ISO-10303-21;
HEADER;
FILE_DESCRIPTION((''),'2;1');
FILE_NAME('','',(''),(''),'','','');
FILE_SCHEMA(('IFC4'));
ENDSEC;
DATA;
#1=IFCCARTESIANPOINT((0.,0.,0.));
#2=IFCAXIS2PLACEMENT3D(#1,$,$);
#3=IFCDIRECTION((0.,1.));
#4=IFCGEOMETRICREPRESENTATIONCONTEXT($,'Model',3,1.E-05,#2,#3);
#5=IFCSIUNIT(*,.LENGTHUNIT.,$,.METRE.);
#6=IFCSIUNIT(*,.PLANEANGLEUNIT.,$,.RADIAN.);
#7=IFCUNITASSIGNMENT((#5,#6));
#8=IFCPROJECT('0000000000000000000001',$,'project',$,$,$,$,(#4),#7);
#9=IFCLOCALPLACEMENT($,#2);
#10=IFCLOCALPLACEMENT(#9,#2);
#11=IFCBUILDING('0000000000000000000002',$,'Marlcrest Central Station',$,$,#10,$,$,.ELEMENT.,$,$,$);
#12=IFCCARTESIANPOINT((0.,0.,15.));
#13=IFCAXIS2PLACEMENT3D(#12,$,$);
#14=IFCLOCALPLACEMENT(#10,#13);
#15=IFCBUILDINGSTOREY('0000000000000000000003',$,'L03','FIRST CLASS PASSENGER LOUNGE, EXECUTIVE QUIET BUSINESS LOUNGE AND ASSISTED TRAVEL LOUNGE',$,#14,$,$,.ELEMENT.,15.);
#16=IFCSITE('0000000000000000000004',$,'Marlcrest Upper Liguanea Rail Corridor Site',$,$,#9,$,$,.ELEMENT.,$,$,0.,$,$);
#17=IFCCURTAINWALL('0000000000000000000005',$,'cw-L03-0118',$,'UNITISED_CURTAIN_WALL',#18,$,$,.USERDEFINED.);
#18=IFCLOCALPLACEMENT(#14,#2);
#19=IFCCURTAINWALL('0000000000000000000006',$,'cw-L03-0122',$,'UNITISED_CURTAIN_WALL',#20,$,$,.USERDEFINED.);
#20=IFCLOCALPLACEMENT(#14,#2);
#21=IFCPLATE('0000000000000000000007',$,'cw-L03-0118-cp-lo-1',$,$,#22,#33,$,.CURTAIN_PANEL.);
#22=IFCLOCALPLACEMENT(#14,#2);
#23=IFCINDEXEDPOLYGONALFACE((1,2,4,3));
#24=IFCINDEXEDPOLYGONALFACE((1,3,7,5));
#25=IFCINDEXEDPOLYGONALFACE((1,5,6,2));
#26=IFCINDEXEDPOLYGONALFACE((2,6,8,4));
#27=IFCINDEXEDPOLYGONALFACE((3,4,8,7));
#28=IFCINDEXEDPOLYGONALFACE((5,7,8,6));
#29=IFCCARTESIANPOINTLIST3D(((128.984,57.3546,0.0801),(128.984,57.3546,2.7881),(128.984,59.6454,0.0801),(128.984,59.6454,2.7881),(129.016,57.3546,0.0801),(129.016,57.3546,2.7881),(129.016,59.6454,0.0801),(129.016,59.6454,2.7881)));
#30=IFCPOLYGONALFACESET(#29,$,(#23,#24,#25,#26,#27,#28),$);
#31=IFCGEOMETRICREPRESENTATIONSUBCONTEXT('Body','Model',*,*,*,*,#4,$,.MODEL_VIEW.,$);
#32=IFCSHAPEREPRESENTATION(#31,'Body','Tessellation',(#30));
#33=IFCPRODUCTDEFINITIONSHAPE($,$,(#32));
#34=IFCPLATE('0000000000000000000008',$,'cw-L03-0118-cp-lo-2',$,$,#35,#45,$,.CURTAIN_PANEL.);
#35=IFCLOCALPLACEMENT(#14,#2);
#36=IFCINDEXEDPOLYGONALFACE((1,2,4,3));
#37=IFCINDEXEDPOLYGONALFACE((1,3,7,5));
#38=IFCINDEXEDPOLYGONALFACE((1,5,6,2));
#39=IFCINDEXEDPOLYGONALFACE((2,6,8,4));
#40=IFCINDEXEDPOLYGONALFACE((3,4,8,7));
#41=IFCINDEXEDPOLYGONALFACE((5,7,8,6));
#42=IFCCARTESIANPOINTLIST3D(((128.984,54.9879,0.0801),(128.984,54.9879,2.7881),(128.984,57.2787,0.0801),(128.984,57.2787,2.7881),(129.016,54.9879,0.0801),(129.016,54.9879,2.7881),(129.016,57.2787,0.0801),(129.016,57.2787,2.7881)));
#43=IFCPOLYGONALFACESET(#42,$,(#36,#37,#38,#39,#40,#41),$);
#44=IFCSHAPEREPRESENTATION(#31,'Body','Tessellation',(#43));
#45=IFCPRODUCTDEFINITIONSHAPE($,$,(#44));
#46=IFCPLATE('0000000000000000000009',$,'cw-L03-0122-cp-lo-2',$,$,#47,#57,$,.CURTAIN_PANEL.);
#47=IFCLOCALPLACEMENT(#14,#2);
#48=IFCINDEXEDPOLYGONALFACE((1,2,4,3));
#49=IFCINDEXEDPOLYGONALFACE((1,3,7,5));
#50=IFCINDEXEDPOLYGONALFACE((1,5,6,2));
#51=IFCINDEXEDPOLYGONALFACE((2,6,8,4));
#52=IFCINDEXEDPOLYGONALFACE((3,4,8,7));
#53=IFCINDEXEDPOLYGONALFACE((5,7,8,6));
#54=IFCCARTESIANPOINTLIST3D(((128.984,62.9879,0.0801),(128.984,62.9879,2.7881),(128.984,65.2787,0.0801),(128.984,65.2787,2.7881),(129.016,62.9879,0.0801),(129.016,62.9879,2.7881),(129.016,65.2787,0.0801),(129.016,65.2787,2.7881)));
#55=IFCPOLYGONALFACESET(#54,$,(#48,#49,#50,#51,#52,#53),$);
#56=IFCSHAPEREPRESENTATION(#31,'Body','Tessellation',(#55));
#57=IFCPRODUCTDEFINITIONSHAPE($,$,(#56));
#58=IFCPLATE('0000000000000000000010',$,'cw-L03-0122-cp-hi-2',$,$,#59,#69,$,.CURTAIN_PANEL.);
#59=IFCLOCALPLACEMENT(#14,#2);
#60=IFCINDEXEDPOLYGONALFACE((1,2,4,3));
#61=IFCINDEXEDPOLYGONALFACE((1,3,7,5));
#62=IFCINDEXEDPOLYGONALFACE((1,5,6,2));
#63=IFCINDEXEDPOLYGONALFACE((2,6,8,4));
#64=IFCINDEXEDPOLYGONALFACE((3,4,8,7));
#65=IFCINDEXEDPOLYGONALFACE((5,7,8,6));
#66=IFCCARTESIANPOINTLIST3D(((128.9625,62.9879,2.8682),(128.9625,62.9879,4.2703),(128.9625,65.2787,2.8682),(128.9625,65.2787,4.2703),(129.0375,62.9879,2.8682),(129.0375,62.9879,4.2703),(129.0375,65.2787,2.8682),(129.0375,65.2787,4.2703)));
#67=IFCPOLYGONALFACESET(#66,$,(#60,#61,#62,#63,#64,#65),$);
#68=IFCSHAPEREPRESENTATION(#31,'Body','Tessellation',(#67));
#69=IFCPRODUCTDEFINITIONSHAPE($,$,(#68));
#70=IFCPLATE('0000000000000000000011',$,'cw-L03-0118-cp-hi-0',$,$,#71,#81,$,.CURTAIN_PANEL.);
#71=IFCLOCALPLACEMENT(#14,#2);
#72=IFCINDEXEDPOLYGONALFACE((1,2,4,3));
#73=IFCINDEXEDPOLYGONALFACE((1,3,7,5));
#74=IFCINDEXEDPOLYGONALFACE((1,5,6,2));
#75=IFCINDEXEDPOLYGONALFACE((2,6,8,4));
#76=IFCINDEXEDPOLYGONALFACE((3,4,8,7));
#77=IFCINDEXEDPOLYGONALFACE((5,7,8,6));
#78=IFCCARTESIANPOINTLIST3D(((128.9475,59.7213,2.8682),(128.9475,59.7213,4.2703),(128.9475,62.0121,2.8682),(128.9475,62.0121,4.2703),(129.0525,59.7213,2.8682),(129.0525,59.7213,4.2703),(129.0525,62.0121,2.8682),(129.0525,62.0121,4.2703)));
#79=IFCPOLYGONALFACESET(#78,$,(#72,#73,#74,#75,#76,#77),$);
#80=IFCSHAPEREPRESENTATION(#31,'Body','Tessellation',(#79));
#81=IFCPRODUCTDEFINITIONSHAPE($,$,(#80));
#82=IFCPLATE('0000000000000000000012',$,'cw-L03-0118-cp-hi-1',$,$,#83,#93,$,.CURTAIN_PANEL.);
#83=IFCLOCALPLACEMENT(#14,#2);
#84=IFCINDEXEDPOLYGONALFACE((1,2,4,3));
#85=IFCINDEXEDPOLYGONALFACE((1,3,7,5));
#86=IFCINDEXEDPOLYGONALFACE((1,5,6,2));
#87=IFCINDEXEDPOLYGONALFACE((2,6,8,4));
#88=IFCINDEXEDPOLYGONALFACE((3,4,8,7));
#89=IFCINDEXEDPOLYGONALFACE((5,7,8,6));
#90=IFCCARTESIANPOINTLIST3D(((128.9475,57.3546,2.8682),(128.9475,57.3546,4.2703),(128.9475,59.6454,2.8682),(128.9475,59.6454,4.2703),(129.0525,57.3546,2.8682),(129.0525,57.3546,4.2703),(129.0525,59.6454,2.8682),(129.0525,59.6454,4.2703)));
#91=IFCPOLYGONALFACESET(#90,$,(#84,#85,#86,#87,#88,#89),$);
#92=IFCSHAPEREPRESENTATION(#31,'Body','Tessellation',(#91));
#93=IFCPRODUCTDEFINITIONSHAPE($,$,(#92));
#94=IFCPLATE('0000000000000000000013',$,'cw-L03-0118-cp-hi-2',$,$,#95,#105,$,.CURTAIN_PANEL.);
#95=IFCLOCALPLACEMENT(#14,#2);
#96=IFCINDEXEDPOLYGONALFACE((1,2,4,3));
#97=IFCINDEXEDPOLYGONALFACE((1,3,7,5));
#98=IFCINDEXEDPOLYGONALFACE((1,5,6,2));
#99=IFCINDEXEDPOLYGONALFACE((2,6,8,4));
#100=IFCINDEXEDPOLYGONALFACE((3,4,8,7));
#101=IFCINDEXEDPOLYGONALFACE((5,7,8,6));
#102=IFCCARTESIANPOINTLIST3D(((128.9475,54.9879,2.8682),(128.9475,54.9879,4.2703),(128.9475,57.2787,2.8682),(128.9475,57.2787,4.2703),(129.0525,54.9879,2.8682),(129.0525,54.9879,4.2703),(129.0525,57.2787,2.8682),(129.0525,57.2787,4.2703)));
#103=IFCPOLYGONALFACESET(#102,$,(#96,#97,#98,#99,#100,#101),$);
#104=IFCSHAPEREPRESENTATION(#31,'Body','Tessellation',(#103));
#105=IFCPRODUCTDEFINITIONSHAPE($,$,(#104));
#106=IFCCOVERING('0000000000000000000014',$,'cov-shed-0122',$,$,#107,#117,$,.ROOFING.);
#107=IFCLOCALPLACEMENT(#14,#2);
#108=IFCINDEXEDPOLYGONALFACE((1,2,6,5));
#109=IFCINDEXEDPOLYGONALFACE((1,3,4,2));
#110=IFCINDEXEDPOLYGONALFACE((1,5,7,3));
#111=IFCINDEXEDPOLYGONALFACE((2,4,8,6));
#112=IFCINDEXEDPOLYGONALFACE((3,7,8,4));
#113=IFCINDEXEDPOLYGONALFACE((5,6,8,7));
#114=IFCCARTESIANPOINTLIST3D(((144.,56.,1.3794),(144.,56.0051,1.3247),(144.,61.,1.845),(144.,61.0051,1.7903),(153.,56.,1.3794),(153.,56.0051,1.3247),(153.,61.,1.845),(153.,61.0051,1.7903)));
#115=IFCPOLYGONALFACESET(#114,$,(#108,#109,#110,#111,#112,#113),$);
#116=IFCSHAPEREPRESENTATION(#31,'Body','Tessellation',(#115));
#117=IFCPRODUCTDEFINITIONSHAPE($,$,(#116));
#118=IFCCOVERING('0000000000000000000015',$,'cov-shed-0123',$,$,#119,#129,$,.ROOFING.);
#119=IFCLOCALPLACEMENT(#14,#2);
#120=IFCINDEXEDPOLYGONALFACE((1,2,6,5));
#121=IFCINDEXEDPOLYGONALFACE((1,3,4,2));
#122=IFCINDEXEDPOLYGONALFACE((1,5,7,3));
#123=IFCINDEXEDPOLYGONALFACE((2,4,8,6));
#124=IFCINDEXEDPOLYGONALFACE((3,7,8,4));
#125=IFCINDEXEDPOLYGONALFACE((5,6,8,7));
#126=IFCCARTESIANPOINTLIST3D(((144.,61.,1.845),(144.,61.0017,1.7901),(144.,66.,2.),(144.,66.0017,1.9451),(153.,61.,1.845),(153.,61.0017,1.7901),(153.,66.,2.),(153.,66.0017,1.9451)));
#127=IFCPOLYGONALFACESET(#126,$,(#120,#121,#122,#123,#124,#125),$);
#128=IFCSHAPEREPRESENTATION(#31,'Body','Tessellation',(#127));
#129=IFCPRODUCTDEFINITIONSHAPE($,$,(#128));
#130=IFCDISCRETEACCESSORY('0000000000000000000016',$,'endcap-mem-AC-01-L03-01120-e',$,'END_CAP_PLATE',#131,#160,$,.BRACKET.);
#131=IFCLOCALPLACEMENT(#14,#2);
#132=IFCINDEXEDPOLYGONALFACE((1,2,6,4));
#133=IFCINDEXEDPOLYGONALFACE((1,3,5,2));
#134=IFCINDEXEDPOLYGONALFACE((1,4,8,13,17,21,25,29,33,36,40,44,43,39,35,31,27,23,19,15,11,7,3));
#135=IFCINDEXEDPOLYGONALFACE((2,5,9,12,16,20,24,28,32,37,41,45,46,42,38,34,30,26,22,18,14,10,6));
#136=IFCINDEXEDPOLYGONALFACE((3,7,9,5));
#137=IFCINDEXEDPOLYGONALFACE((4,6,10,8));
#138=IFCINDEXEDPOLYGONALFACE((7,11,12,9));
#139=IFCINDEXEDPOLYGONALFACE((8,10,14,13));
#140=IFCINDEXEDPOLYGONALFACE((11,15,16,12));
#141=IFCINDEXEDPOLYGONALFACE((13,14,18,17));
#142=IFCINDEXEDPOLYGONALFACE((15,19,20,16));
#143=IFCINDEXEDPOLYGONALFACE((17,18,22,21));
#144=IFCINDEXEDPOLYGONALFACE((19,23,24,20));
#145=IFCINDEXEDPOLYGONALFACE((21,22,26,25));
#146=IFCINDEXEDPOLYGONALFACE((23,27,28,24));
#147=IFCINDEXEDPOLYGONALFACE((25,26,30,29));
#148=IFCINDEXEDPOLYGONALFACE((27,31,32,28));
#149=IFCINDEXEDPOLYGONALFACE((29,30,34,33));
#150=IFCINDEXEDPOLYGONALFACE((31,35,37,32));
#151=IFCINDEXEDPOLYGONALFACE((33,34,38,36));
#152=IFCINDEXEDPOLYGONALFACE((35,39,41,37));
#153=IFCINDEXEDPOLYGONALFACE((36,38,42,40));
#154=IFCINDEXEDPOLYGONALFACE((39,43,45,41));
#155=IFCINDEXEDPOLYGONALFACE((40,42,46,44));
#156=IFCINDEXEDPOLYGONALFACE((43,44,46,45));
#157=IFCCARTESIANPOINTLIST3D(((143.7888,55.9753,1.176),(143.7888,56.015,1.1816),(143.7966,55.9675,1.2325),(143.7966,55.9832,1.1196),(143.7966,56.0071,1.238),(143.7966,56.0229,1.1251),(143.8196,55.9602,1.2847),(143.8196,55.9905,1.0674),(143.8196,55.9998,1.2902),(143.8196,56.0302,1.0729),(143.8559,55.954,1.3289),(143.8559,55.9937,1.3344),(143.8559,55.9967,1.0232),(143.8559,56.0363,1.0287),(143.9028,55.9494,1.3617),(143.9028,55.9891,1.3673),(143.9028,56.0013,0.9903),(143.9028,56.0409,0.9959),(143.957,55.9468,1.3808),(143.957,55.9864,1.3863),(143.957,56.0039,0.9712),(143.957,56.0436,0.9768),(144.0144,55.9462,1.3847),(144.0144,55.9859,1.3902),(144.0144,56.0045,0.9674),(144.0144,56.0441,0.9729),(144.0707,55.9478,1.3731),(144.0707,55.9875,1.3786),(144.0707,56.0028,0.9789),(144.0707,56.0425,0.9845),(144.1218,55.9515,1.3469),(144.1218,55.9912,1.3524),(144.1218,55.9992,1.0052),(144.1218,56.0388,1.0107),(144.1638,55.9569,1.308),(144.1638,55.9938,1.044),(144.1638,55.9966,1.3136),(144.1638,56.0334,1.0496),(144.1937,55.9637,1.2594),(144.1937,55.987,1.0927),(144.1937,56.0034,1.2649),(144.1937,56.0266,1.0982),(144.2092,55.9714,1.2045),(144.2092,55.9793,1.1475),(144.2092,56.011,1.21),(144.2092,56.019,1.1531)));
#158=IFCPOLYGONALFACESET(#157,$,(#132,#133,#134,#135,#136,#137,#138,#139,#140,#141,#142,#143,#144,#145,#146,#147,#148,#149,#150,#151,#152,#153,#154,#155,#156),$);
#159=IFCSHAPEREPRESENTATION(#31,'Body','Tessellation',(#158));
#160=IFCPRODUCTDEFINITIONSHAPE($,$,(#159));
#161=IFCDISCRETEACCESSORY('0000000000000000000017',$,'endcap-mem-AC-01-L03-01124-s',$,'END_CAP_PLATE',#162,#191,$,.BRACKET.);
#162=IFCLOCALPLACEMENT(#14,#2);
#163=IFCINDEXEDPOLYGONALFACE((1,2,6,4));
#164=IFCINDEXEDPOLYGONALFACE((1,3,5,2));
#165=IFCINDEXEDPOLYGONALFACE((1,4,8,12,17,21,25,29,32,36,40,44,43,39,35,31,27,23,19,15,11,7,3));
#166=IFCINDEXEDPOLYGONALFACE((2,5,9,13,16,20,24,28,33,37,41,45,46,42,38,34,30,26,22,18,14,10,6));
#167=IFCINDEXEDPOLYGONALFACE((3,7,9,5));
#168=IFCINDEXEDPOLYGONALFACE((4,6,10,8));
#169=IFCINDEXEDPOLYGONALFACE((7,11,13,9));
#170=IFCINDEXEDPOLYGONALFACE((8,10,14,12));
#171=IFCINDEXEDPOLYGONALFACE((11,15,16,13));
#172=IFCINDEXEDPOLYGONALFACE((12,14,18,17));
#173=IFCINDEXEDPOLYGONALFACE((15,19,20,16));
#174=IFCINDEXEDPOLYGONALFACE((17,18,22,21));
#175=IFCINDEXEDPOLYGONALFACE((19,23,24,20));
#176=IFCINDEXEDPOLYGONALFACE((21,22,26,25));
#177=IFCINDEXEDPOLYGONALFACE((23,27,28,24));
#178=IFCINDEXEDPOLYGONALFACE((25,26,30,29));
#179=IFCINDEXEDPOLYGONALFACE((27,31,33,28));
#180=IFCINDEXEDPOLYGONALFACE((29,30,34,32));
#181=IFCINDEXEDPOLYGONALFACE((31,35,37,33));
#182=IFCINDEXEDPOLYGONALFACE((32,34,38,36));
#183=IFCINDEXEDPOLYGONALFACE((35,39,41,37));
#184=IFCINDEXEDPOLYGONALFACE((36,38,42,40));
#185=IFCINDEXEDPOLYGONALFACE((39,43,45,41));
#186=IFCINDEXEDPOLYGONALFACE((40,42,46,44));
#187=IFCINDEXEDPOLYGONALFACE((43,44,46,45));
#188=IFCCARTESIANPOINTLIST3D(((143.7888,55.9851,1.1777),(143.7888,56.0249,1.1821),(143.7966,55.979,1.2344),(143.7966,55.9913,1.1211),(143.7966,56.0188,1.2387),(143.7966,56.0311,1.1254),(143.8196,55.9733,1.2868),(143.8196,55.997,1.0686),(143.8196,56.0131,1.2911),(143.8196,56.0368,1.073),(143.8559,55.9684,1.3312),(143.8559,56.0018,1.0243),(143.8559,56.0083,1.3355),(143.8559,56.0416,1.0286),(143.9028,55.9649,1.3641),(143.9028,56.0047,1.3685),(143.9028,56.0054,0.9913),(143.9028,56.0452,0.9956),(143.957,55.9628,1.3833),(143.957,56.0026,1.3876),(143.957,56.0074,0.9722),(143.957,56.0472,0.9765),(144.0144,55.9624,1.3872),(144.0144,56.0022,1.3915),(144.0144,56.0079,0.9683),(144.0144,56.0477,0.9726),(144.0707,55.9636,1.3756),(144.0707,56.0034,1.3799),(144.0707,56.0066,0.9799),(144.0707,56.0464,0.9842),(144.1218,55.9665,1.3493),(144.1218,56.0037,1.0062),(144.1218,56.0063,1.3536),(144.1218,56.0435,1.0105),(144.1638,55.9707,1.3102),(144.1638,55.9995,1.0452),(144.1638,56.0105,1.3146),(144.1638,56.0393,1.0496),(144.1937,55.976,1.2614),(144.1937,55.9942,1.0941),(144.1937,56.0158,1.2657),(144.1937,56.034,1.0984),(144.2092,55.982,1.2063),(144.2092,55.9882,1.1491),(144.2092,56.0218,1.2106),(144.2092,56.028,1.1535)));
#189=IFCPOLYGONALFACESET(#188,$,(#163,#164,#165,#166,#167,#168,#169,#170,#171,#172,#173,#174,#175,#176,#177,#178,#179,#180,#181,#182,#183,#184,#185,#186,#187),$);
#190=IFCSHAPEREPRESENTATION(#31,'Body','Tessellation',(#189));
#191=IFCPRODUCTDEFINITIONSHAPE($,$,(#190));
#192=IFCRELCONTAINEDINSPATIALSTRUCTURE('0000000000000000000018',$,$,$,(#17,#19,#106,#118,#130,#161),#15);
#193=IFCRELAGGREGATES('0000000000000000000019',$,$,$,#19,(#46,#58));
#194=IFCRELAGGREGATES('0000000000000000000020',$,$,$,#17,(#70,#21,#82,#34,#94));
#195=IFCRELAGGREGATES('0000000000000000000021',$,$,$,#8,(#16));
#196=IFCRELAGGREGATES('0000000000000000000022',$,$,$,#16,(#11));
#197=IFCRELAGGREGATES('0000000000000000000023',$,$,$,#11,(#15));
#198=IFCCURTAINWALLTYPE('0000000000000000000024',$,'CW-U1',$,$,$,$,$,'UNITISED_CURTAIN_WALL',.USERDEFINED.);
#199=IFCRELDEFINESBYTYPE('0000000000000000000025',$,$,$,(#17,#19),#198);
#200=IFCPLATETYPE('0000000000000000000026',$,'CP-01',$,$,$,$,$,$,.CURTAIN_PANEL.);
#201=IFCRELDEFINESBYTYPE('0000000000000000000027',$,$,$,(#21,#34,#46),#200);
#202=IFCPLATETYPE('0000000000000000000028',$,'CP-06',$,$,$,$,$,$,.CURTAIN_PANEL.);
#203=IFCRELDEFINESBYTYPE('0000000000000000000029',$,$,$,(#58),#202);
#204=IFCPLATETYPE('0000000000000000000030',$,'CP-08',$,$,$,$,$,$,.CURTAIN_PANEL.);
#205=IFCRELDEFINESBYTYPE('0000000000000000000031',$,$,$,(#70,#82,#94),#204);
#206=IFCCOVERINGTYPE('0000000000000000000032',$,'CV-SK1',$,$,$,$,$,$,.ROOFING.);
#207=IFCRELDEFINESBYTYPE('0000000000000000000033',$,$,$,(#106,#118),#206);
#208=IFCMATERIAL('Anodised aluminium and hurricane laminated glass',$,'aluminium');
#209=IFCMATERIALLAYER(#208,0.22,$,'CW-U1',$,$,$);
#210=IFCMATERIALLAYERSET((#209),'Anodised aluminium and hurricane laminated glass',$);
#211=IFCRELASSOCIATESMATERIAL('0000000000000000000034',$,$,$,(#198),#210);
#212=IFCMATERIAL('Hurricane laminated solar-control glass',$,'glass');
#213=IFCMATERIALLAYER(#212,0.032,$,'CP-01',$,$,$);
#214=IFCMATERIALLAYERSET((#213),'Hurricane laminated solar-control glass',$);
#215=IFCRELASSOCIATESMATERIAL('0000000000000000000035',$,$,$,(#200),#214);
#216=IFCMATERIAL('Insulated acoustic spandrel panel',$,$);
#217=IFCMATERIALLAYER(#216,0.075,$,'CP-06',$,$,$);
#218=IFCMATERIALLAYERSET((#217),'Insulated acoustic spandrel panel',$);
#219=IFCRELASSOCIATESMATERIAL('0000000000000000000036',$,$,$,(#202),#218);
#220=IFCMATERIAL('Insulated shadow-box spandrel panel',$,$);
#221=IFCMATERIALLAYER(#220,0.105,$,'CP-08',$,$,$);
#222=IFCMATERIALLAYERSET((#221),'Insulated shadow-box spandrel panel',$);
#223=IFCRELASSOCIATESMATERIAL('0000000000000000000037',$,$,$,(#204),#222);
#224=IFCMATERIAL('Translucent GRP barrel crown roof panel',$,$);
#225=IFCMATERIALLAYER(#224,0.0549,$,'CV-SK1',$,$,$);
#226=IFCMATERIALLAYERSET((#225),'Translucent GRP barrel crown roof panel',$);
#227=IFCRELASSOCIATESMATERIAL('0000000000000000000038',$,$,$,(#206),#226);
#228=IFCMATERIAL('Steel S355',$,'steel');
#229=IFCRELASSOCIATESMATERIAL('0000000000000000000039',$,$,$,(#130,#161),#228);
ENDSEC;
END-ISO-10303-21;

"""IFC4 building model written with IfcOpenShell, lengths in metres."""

from ifc_helpers import new_model, si_unit, direction, frame, origin, origin_2d, place, context, subcontext, project, spatial, polyline, rectangle, circle, outline, extrude, material, layer, layer_set, type_object, element, aggregate, save


model = new_model("IFC4")

# Units and contexts
model_context = context("Model", 3, precision=1e-05, world=origin(), true_north=direction((0.0, 1.0)))
body_context = subcontext(model_context, "Body", "Model", "MODEL_VIEW")
ifc_project = project(units=[si_unit("LENGTHUNIT", "METRE"), si_unit("PLANEANGLEUNIT", "RADIAN")], contexts=[model_context])

# Site, building, storey
site_placement = place(None, origin())
site = spatial("IfcSite", under=ifc_project, at=site_placement, Name="Marlcrest Upper Liguanea Rail Corridor Site", CompositionType="ELEMENT", RefElevation=0.0)
building_placement = place(site_placement, origin())
building = spatial("IfcBuilding", under=site, at=building_placement, Name="Marlcrest Central Station", CompositionType="ELEMENT")
storey_placement = place(building_placement, frame((0.0, 0.0, 15.0)))
storey = spatial("IfcBuildingStorey", under=building, at=storey_placement, Name="L03", Description="FIRST CLASS PASSENGER LOUNGE, EXECUTIVE QUIET BUSINESS LOUNGE AND ASSISTED TRAVEL LOUNGE", CompositionType="ELEMENT", Elevation=15.0)

# Shared definitions
ifc_material_1 = material(Name="Steel S355", Category="steel")

# Curtain walls
ifc_material_2 = material(Name="Anodised aluminium and hurricane laminated glass", Category="aluminium")
ifc_layer_1 = layer(ifc_material_2, 0.22, Name="CW-U1")
ifc_layer_set_1 = layer_set([ifc_layer_1], Name="Anodised aluminium and hurricane laminated glass")
curtain_wall_type = type_object("IfcCurtainWallType", Name="CW-U1", ElementType="UNITISED_CURTAIN_WALL", PredefinedType="USERDEFINED", material=ifc_layer_set_1)
curtain_wall_1_placement = place(storey_placement, origin())
curtain_wall_1 = element("IfcCurtainWall", 1, at=curtain_wall_1_placement, inside=storey, type_object=curtain_wall_type, Name="cw-L03-0118", ObjectType="UNITISED_CURTAIN_WALL", PredefinedType="USERDEFINED")
curtain_wall_2_placement = place(storey_placement, origin())
curtain_wall_2 = element("IfcCurtainWall", 2, at=curtain_wall_2_placement, inside=storey, type_object=curtain_wall_type, Name="cw-L03-0122", ObjectType="UNITISED_CURTAIN_WALL", PredefinedType="USERDEFINED")

# Plates
ifc_material_3 = material(Name="Hurricane laminated solar-control glass", Category="glass")
ifc_layer_2 = layer(ifc_material_3, 0.032, Name="CP-01")
ifc_layer_set_2 = layer_set([ifc_layer_2], Name="Hurricane laminated solar-control glass")
plate_type_1 = type_object("IfcPlateType", Name="CP-01", PredefinedType="CURTAIN_PANEL", material=ifc_layer_set_2)
plate_1_placement = place(storey_placement, frame((129.0, 58.5, 0.0801), z_axis=(0.0, 0.0, 1.0), x_axis=(0.0, -1.0, 0.0)))
plate_1 = element("IfcPlate", 3, at=plate_1_placement, type_object=plate_type_1, Name="cw-L03-0118-cp-lo-1", PredefinedType="CURTAIN_PANEL", context=body_context, shape_type="SweptSolid", body=[
    extrude(rectangle(XDim=2.2908, YDim=0.032, at=origin_2d()), origin(), (0.0, 0.0, 1.0), 2.708),
])
plate_2_placement = place(storey_placement, frame((129.0, 56.1333, 0.0801), z_axis=(0.0, 0.0, 1.0), x_axis=(0.0, -1.0, 0.0)))
plate_2 = element("IfcPlate", 4, at=plate_2_placement, type_object=plate_type_1, Name="cw-L03-0118-cp-lo-2", PredefinedType="CURTAIN_PANEL", context=body_context, shape_type="SweptSolid", body=[
    extrude(rectangle(XDim=2.2908, YDim=0.032, at=origin_2d()), origin(), (0.0, 0.0, 1.0), 2.708),
])
plate_3_placement = place(storey_placement, frame((129.0, 64.1333, 0.0801), z_axis=(0.0, 0.0, 1.0), x_axis=(0.0, -1.0, 0.0)))
plate_3 = element("IfcPlate", 5, at=plate_3_placement, type_object=plate_type_1, Name="cw-L03-0122-cp-lo-2", PredefinedType="CURTAIN_PANEL", context=body_context, shape_type="SweptSolid", body=[
    extrude(rectangle(XDim=2.2908, YDim=0.032, at=origin_2d()), origin(), (0.0, 0.0, 1.0), 2.708),
])
ifc_material_4 = material(Name="Insulated acoustic spandrel panel")
ifc_layer_3 = layer(ifc_material_4, 0.075, Name="CP-06")
ifc_layer_set_3 = layer_set([ifc_layer_3], Name="Insulated acoustic spandrel panel")
plate_type_2 = type_object("IfcPlateType", Name="CP-06", PredefinedType="CURTAIN_PANEL", material=ifc_layer_set_3)
plate_4_placement = place(storey_placement, frame((129.0, 64.1333, 2.8682), z_axis=(0.0, 0.0, 1.0), x_axis=(0.0, -1.0, 0.0)))
plate_4 = element("IfcPlate", 6, at=plate_4_placement, type_object=plate_type_2, Name="cw-L03-0122-cp-hi-2", PredefinedType="CURTAIN_PANEL", context=body_context, shape_type="SweptSolid", body=[
    extrude(rectangle(XDim=2.2908, YDim=0.075, at=origin_2d()), origin(), (0.0, 0.0, 1.0), 1.4021),
])
aggregate(curtain_wall_2, [plate_3, plate_4])
ifc_material_5 = material(Name="Insulated shadow-box spandrel panel")
ifc_layer_4 = layer(ifc_material_5, 0.105, Name="CP-08")
ifc_layer_set_4 = layer_set([ifc_layer_4], Name="Insulated shadow-box spandrel panel")
plate_type_3 = type_object("IfcPlateType", Name="CP-08", PredefinedType="CURTAIN_PANEL", material=ifc_layer_set_4)
plate_5_placement = place(storey_placement, frame((129.0, 60.8667, 2.8682), z_axis=(0.0, 0.0, 1.0), x_axis=(0.0, -1.0, 0.0)))
plate_5 = element("IfcPlate", 7, at=plate_5_placement, type_object=plate_type_3, Name="cw-L03-0118-cp-hi-0", PredefinedType="CURTAIN_PANEL", context=body_context, shape_type="SweptSolid", body=[
    extrude(rectangle(XDim=2.2908, YDim=0.105, at=origin_2d()), origin(), (0.0, 0.0, 1.0), 1.4021),
])
plate_6_placement = place(storey_placement, frame((129.0, 58.5, 2.8682), z_axis=(0.0, 0.0, 1.0), x_axis=(0.0, -1.0, 0.0)))
plate_6 = element("IfcPlate", 8, at=plate_6_placement, type_object=plate_type_3, Name="cw-L03-0118-cp-hi-1", PredefinedType="CURTAIN_PANEL", context=body_context, shape_type="SweptSolid", body=[
    extrude(rectangle(XDim=2.2908, YDim=0.105, at=origin_2d()), origin(), (0.0, 0.0, 1.0), 1.4021),
])
plate_7_placement = place(storey_placement, frame((129.0, 56.1333, 2.8682), z_axis=(0.0, 0.0, 1.0), x_axis=(0.0, -1.0, 0.0)))
plate_7 = element("IfcPlate", 9, at=plate_7_placement, type_object=plate_type_3, Name="cw-L03-0118-cp-hi-2", PredefinedType="CURTAIN_PANEL", context=body_context, shape_type="SweptSolid", body=[
    extrude(rectangle(XDim=2.2908, YDim=0.105, at=origin_2d()), origin(), (0.0, 0.0, 1.0), 1.4021),
])
aggregate(curtain_wall_1, [plate_5, plate_1, plate_6, plate_2, plate_7])

# Coverings
ifc_material_6 = material(Name="Translucent GRP barrel crown roof panel")
ifc_layer_5 = layer(ifc_material_6, 0.0549, Name="CV-SK1")
ifc_layer_set_5 = layer_set([ifc_layer_5], Name="Translucent GRP barrel crown roof panel")
covering_type = type_object("IfcCoveringType", Name="CV-SK1", PredefinedType="ROOFING", material=ifc_layer_set_5)
covering_1_placement = place(storey_placement, frame((144.0, 56.0, 1.3794), z_axis=(0.0, -0.092714, 0.995693), x_axis=(1.0, 0.0, 0.0)))
element("IfcCovering", 10, at=covering_1_placement, inside=storey, type_object=covering_type, Name="cov-shed-0122", PredefinedType="ROOFING", context=body_context, shape_type="SweptSolid", body=[
    extrude(outline(polyline([(0.0, 0.0), (9.0, 0.0), (9.0, 5.0216), (0.0, 5.0216), (0.0, 0.0)])), origin(), (0.0, 0.0, -1.0), 0.0549),
])
covering_2_placement = place(storey_placement, frame((144.0, 61.0, 1.845), z_axis=(0.0, -0.030991, 0.99952), x_axis=(1.0, 0.0, 0.0)))
element("IfcCovering", 11, at=covering_2_placement, inside=storey, type_object=covering_type, Name="cov-shed-0123", PredefinedType="ROOFING", context=body_context, shape_type="SweptSolid", body=[
    extrude(outline(polyline([(0.0, 0.0), (9.0, 0.0), (9.0, 5.0024), (0.0, 5.0024), (0.0, 0.0)])), origin(), (0.0, 0.0, -1.0), 0.0549),
])

# Discrete accessories
for number, where, z_axis, x_axis, name in (
    (12, (144.0, 55.9753, 1.176), (0.0, 0.990403, 0.138211), (-1.0, 0.0, 0.0), "endcap-mem-AC-01-L03-01120-e"),
    (13, (144.0, 55.9851, 1.1777), (0.0, 0.994155, 0.107959), (-1.0, 0.0, 0.0), "endcap-mem-AC-01-L03-01124-s"),
):
    element("IfcDiscreteAccessory", number, at=place(storey_placement, frame(where, z_axis=z_axis, x_axis=x_axis)), inside=storey, material=ifc_material_1, Name=name, ObjectType="END_CAP_PLATE", PredefinedType="BRACKET", context=body_context, shape_type="SweptSolid", body=[
        extrude(circle(Radius=0.2112, at=origin_2d()), origin(), (0.0, 0.0, 1.0), 0.04),
    ])

save(model, "model.ifc")
